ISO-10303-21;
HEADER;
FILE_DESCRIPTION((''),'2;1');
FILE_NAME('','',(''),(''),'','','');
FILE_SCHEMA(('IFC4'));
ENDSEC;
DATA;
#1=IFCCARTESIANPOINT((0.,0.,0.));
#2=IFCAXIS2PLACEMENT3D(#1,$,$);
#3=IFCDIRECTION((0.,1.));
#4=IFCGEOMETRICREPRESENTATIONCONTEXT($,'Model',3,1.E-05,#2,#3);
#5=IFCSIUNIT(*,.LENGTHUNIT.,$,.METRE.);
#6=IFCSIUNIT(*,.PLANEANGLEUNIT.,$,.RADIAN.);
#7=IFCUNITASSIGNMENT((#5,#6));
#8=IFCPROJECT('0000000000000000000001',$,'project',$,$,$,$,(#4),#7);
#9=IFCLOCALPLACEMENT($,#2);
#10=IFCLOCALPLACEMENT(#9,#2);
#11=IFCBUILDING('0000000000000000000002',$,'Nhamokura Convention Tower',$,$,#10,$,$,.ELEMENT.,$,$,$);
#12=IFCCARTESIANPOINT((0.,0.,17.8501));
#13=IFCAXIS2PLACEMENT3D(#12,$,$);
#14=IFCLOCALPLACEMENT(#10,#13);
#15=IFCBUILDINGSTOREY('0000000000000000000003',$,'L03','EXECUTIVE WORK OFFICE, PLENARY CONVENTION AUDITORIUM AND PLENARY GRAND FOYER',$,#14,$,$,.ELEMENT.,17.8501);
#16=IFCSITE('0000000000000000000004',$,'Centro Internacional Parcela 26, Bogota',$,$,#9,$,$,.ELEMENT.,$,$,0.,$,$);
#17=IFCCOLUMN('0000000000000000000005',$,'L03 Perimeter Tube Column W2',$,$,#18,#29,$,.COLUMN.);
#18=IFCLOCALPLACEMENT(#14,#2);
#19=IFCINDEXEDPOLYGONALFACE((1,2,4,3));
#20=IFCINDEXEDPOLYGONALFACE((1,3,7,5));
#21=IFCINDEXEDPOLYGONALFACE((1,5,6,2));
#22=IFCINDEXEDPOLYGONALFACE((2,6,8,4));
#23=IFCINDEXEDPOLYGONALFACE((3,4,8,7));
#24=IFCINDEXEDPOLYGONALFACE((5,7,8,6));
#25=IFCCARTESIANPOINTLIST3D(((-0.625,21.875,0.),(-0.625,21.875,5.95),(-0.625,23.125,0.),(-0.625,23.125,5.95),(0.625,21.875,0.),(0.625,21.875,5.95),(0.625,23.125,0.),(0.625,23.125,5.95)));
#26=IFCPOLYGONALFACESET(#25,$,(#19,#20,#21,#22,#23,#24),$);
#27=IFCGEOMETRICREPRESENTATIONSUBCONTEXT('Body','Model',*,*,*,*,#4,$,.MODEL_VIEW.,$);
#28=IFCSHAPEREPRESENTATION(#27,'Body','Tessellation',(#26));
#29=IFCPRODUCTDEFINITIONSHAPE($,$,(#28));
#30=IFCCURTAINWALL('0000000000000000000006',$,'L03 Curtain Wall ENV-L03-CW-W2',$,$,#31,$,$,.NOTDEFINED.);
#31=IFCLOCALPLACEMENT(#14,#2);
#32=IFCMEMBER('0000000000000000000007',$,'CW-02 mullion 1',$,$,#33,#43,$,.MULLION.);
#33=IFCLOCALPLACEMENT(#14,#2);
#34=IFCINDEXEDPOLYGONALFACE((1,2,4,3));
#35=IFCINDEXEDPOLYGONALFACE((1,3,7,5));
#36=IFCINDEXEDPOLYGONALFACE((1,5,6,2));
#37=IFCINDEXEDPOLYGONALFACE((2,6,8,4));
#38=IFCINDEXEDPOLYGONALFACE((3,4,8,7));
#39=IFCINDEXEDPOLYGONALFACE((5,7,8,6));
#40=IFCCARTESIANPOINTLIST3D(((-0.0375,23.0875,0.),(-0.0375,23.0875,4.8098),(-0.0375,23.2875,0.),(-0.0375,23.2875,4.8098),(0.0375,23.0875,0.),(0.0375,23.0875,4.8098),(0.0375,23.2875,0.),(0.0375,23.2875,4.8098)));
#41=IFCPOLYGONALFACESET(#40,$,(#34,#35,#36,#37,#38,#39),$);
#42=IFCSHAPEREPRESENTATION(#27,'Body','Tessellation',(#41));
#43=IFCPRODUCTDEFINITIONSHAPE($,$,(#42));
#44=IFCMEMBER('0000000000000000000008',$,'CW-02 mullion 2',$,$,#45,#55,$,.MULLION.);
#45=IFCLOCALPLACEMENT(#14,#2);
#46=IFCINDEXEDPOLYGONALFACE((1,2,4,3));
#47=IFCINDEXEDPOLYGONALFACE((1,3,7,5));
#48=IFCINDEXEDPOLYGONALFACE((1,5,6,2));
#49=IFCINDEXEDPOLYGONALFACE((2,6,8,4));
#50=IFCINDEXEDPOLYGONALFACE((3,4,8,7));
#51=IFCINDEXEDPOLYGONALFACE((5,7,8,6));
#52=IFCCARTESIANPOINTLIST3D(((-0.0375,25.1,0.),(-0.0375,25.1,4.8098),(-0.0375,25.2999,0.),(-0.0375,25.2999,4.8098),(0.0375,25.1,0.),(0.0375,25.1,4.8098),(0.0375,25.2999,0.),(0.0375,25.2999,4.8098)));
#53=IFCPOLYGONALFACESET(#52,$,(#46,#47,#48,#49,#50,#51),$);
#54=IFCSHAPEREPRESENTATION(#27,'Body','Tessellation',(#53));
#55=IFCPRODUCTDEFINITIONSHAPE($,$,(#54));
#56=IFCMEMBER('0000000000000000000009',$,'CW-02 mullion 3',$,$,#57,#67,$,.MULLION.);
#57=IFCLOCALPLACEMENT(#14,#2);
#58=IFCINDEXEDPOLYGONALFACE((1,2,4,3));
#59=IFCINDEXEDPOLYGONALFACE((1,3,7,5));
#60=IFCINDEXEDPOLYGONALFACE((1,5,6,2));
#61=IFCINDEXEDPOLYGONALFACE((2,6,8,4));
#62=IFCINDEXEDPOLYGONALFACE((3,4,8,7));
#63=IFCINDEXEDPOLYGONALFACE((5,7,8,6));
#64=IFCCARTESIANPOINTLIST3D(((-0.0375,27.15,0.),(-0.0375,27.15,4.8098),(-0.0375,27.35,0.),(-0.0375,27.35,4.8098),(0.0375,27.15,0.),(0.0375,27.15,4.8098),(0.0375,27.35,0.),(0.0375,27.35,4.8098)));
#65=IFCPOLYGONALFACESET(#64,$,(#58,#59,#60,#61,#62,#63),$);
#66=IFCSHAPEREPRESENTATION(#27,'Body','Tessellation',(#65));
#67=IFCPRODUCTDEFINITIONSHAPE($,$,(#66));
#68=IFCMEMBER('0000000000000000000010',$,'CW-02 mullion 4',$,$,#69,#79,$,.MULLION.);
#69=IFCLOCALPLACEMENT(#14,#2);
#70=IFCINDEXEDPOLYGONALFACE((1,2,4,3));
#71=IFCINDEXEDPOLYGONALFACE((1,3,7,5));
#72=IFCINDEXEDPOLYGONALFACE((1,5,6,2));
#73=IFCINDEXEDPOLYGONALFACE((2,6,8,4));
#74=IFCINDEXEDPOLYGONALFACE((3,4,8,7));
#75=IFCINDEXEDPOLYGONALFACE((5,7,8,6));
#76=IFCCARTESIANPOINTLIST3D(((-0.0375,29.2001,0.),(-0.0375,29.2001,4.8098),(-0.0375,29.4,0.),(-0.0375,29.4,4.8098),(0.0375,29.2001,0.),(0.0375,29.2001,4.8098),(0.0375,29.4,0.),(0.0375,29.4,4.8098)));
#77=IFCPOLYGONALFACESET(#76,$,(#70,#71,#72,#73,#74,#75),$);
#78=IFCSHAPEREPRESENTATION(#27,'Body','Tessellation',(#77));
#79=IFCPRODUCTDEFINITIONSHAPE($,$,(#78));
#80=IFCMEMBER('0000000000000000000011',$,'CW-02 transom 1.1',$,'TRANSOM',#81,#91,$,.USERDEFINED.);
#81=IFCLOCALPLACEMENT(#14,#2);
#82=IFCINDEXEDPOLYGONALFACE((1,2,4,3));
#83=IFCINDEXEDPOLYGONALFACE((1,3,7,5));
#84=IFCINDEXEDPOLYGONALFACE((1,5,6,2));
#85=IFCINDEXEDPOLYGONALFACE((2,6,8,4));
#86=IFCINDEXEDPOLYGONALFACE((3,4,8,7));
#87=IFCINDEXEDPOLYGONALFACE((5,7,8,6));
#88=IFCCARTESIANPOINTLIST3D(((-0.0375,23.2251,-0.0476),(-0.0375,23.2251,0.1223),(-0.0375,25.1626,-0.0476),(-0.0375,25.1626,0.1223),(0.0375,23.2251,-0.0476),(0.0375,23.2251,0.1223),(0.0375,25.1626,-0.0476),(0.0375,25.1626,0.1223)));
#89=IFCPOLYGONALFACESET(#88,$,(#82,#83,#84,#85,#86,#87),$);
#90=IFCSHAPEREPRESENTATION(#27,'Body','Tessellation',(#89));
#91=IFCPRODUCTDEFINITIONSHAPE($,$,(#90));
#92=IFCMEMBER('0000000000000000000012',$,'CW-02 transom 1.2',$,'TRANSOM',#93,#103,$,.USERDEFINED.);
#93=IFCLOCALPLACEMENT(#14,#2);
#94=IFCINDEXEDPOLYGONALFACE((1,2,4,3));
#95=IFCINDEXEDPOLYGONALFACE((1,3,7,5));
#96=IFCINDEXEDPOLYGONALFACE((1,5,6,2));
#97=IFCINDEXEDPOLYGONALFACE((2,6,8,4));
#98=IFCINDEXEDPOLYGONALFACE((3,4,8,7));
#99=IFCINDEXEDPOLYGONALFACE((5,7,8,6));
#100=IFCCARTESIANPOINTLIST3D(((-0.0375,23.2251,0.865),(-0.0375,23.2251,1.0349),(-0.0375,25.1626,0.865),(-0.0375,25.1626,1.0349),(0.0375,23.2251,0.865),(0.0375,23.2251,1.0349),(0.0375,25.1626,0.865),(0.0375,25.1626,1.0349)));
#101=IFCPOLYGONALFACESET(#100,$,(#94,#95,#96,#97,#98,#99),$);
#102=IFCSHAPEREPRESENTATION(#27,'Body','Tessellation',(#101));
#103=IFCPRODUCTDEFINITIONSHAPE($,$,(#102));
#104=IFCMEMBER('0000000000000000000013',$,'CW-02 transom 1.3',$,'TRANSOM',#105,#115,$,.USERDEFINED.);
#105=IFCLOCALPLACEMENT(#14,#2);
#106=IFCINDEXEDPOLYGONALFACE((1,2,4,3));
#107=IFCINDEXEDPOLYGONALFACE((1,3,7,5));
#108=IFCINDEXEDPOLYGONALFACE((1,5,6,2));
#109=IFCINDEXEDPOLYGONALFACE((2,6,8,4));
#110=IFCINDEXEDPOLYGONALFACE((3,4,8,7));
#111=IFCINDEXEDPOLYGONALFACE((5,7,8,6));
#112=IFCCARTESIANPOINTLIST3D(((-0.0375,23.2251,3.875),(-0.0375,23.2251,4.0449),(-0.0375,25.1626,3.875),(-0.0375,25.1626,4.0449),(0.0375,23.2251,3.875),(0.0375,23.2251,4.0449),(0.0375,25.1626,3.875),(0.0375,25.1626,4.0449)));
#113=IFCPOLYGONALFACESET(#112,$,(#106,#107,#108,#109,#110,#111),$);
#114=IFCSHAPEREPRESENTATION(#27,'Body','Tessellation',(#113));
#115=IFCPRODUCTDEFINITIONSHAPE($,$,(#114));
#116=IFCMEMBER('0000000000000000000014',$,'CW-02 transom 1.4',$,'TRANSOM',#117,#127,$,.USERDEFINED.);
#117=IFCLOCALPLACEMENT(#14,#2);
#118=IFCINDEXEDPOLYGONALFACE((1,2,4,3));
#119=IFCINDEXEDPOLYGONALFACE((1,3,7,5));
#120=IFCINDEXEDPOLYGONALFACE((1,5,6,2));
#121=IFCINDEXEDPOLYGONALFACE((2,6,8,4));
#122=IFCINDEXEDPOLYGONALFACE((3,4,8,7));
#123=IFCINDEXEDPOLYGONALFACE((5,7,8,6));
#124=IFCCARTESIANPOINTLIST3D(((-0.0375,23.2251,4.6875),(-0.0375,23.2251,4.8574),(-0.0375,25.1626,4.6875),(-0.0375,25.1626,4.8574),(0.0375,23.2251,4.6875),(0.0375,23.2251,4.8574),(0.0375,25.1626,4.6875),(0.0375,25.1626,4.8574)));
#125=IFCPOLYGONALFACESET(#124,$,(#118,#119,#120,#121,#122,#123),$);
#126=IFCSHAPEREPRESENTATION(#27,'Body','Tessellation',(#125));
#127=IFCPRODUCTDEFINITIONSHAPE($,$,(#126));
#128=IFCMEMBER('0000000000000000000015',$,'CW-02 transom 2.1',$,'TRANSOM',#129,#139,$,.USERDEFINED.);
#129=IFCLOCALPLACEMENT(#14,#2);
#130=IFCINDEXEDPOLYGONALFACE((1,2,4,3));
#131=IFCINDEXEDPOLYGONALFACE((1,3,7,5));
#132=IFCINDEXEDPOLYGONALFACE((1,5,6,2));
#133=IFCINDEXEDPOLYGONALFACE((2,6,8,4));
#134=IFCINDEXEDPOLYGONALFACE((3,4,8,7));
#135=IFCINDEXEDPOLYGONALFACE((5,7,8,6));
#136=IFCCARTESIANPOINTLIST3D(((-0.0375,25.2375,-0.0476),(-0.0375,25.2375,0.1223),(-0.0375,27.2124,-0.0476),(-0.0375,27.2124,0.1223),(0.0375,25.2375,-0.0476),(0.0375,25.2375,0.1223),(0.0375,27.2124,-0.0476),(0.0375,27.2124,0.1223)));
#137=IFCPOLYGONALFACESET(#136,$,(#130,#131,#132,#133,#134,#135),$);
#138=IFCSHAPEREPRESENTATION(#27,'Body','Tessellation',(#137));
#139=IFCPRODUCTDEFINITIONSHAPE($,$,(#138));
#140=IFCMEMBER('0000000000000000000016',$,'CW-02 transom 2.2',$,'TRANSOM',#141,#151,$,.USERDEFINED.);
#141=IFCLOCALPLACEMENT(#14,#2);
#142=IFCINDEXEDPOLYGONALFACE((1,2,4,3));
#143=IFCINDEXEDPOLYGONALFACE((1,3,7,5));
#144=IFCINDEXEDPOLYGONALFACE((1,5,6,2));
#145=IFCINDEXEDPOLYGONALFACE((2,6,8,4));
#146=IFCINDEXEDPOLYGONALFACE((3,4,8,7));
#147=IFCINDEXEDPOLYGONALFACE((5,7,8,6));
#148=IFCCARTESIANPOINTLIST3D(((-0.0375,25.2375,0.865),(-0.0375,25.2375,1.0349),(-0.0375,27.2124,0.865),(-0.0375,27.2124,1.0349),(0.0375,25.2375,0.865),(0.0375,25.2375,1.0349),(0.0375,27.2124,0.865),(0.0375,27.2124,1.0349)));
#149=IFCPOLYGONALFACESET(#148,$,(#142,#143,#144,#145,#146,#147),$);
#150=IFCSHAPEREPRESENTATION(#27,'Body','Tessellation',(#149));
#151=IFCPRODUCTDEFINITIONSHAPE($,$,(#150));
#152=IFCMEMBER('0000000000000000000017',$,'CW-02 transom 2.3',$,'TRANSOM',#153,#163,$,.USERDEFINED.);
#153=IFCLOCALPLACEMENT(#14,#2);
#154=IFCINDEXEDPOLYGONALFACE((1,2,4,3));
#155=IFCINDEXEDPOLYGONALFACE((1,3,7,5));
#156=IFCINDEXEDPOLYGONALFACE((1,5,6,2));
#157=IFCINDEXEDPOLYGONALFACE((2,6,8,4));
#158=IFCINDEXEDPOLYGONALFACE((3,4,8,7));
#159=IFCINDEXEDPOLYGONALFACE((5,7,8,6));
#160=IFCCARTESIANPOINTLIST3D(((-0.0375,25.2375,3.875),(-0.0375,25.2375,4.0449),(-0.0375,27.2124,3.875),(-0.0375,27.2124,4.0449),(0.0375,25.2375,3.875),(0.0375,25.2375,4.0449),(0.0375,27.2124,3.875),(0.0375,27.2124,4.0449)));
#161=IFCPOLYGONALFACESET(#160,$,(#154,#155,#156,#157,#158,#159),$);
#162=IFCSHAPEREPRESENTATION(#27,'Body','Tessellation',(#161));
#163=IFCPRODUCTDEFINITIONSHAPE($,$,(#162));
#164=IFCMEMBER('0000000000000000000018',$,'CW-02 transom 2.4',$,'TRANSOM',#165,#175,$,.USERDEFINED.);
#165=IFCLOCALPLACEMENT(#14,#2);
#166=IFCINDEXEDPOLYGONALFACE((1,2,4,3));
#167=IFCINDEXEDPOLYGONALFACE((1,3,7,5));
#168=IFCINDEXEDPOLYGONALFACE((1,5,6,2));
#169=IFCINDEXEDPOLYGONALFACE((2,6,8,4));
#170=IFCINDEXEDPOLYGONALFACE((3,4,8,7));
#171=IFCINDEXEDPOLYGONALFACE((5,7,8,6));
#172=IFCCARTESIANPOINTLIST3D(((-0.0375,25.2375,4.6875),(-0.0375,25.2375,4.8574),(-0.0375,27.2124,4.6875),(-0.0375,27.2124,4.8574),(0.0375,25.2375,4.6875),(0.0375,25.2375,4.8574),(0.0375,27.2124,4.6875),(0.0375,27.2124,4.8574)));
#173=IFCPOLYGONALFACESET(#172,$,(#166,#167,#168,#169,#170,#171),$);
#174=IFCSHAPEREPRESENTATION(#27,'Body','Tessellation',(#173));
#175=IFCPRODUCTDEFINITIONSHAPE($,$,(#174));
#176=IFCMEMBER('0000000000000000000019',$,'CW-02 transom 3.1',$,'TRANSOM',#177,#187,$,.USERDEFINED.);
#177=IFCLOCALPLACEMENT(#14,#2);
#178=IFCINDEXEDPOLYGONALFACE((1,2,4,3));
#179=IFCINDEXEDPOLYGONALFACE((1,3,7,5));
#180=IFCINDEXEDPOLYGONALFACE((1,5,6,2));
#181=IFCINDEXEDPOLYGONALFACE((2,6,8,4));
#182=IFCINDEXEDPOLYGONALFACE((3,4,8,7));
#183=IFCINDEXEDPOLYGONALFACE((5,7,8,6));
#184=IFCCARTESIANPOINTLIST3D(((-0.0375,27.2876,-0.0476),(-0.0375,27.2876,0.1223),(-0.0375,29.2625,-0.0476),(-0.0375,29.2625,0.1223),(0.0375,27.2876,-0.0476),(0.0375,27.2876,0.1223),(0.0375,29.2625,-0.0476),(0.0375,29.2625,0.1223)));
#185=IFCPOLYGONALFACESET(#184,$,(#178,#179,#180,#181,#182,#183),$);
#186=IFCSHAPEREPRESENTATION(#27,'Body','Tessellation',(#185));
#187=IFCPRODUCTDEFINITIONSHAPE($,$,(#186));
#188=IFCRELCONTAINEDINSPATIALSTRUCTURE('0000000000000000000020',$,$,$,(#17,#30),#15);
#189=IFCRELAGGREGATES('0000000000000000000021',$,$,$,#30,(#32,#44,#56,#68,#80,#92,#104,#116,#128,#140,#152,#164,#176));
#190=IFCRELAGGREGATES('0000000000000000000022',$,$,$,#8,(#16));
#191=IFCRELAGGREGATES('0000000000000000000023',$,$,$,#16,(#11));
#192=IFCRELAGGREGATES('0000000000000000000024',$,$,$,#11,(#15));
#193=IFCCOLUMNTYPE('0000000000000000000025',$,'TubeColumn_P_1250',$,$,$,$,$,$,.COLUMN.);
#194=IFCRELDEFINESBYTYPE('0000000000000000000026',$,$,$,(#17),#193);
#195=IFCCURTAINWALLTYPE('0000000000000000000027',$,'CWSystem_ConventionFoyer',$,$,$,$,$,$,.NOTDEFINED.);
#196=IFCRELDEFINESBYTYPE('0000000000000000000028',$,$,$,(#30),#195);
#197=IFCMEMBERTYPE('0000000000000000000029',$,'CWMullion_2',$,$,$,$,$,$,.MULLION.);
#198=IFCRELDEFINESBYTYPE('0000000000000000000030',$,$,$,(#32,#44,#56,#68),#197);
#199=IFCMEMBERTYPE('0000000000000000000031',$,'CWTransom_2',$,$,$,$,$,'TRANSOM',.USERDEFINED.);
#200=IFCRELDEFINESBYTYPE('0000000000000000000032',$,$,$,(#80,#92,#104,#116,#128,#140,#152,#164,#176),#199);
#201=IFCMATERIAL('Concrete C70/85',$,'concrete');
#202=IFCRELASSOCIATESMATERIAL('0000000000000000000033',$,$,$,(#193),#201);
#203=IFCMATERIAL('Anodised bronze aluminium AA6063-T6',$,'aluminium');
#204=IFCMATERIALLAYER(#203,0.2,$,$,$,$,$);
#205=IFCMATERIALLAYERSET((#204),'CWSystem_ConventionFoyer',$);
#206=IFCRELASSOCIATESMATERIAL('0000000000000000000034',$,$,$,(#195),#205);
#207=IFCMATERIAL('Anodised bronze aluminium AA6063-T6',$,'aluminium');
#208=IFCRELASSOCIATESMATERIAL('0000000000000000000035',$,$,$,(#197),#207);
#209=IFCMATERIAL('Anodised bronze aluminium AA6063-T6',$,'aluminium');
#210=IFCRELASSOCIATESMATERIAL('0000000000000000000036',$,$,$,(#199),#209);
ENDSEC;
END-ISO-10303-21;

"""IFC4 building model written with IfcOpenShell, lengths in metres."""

from ifc_helpers import new_model, si_unit, direction, frame, origin, origin_2d, place, context, subcontext, project, spatial, rectangle, extrude, material, layer, layer_set, material_profile, profile_set, type_object, element, aggregate, save


model = new_model("IFC4")

# Units and contexts
model_context = context("Model", 3, precision=1e-05, world=origin(), true_north=direction((0.0, 1.0)))
body_context = subcontext(model_context, "Body", "Model", "MODEL_VIEW")
ifc_project = project(units=[si_unit("LENGTHUNIT", "METRE"), si_unit("PLANEANGLEUNIT", "RADIAN")], contexts=[model_context])

# Site, building, storey
site_placement = place(None, origin())
site = spatial("IfcSite", under=ifc_project, at=site_placement, Name="Centro Internacional Parcela 26, Bogota", CompositionType="ELEMENT", RefElevation=0.0)
building_placement = place(site_placement, origin())
building = spatial("IfcBuilding", under=site, at=building_placement, Name="Nhamokura Convention Tower", CompositionType="ELEMENT")
storey_placement = place(building_placement, frame((0.0, 0.0, 17.8501)))
storey = spatial("IfcBuildingStorey", under=building, at=storey_placement, Name="L03", Description="EXECUTIVE WORK OFFICE, PLENARY CONVENTION AUDITORIUM AND PLENARY GRAND FOYER", CompositionType="ELEMENT", Elevation=17.8501)

# Column
ifc_material_1 = material(Name="Concrete C70/85", Category="concrete")
ifc_material_profile_1 = material_profile(ifc_material_1, rectangle(XDim=1.25, YDim=1.25, at=origin_2d()))
ifc_profile_set_1 = profile_set([ifc_material_profile_1], Name="Concrete C70/85")
column_type = type_object("IfcColumnType", Name="TubeColumn_P_1250", PredefinedType="COLUMN", material=ifc_profile_set_1)
column_placement = place(storey_placement, frame((0.0, 22.5, 0.0), z_axis=(0.0, 0.0, 1.0), x_axis=(1.0, 0.0, 0.0)))
element("IfcColumn", 1, at=column_placement, inside=storey, type_object=column_type, Name="L03 Perimeter Tube Column W2", PredefinedType="COLUMN", context=body_context, shape_type="SweptSolid", body=[
    extrude(rectangle(XDim=1.25, YDim=1.25, at=origin_2d()), origin(), (0.0, 0.0, 1.0), 5.95),
])

# Curtain wall, members
ifc_material_2 = material(Name="Anodised bronze aluminium AA6063-T6", Category="aluminium")
ifc_layer_1 = layer(ifc_material_2, 0.2)
ifc_layer_set_1 = layer_set([ifc_layer_1], Name="CWSystem_ConventionFoyer")
curtain_wall_type = type_object("IfcCurtainWallType", Name="CWSystem_ConventionFoyer", PredefinedType="NOTDEFINED", material=ifc_layer_set_1)
curtain_wall_placement = place(storey_placement, origin())
curtain_wall = element("IfcCurtainWall", 2, at=curtain_wall_placement, inside=storey, type_object=curtain_wall_type, Name="L03 Curtain Wall ENV-L03-CW-W2", PredefinedType="NOTDEFINED")
ifc_material_3 = material(Name="Anodised bronze aluminium AA6063-T6", Category="aluminium")
ifc_material_profile_2 = material_profile(ifc_material_3, rectangle(XDim=0.075, YDim=0.2, at=origin_2d()))
ifc_profile_set_2 = profile_set([ifc_material_profile_2], Name="Anodised bronze aluminium AA6063-T6")
member_type_1 = type_object("IfcMemberType", Name="CWMullion_2", PredefinedType="MULLION", material=ifc_profile_set_2)
member_1_placement = place(storey_placement, frame((0.0, 23.1875, 0.0), z_axis=(0.0, 0.0, 1.0), x_axis=(-1.0, 0.0, 0.0)))
member_1 = element("IfcMember", 3, at=member_1_placement, type_object=member_type_1, Name="CW-02 mullion 1", PredefinedType="MULLION", context=body_context, shape_type="SweptSolid", body=[
    extrude(rectangle(XDim=0.075, YDim=0.2, at=origin_2d()), origin(), (0.0, 0.0, 1.0), 4.8098),
])
member_2_placement = place(storey_placement, frame((0.0, 25.2, 0.0), z_axis=(0.0, 0.0, 1.0), x_axis=(-1.0, 0.0, 0.0)))
member_2 = element("IfcMember", 4, at=member_2_placement, type_object=member_type_1, Name="CW-02 mullion 2", PredefinedType="MULLION", context=body_context, shape_type="SweptSolid", body=[
    extrude(rectangle(XDim=0.075, YDim=0.2, at=origin_2d()), origin(), (0.0, 0.0, 1.0), 4.8098),
])
member_3_placement = place(storey_placement, frame((0.0, 27.25, 0.0), z_axis=(0.0, 0.0, 1.0), x_axis=(-1.0, 0.0, 0.0)))
member_3 = element("IfcMember", 5, at=member_3_placement, type_object=member_type_1, Name="CW-02 mullion 3", PredefinedType="MULLION", context=body_context, shape_type="SweptSolid", body=[
    extrude(rectangle(XDim=0.075, YDim=0.2, at=origin_2d()), origin(), (0.0, 0.0, 1.0), 4.8098),
])
member_4_placement = place(storey_placement, frame((0.0, 29.3, 0.0), z_axis=(0.0, 0.0, 1.0), x_axis=(-1.0, 0.0, 0.0)))
member_4 = element("IfcMember", 6, at=member_4_placement, type_object=member_type_1, Name="CW-02 mullion 4", PredefinedType="MULLION", context=body_context, shape_type="SweptSolid", body=[
    extrude(rectangle(XDim=0.075, YDim=0.2, at=origin_2d()), origin(), (0.0, 0.0, 1.0), 4.8098),
])
ifc_material_4 = material(Name="Anodised bronze aluminium AA6063-T6", Category="aluminium")
ifc_material_profile_3 = material_profile(ifc_material_4, rectangle(XDim=0.075, YDim=0.1699, at=origin_2d()))
ifc_profile_set_3 = profile_set([ifc_material_profile_3], Name="Anodised bronze aluminium AA6063-T6")
member_type_2 = type_object("IfcMemberType", Name="CWTransom_2", ElementType="TRANSOM", PredefinedType="USERDEFINED", material=ifc_profile_set_3)
member_5_placement = place(storey_placement, frame((0.0, 23.2251, 0.0374), z_axis=(0.0, 1.0, 0.0), x_axis=(-1.0, 0.0, 0.0)))
member_5 = element("IfcMember", 7, at=member_5_placement, type_object=member_type_2, Name="CW-02 transom 1.1", ObjectType="TRANSOM", PredefinedType="USERDEFINED", context=body_context, shape_type="SweptSolid", body=[
    extrude(rectangle(XDim=0.075, YDim=0.1699, at=origin_2d()), origin(), (0.0, 0.0, 1.0), 1.9375),
])
member_6_placement = place(storey_placement, frame((0.0, 23.2251, 0.95), z_axis=(0.0, 1.0, 0.0), x_axis=(-1.0, 0.0, 0.0)))
member_6 = element("IfcMember", 8, at=member_6_placement, type_object=member_type_2, Name="CW-02 transom 1.2", ObjectType="TRANSOM", PredefinedType="USERDEFINED", context=body_context, shape_type="SweptSolid", body=[
    extrude(rectangle(XDim=0.075, YDim=0.1699, at=origin_2d()), origin(), (0.0, 0.0, 1.0), 1.9375),
])
member_7_placement = place(storey_placement, frame((0.0, 23.2251, 3.96), z_axis=(0.0, 1.0, 0.0), x_axis=(-1.0, 0.0, 0.0)))
member_7 = element("IfcMember", 9, at=member_7_placement, type_object=member_type_2, Name="CW-02 transom 1.3", ObjectType="TRANSOM", PredefinedType="USERDEFINED", context=body_context, shape_type="SweptSolid", body=[
    extrude(rectangle(XDim=0.075, YDim=0.1699, at=origin_2d()), origin(), (0.0, 0.0, 1.0), 1.9375),
])
member_8_placement = place(storey_placement, frame((0.0, 23.2251, 4.7725), z_axis=(0.0, 1.0, 0.0), x_axis=(-1.0, 0.0, 0.0)))
member_8 = element("IfcMember", 10, at=member_8_placement, type_object=member_type_2, Name="CW-02 transom 1.4", ObjectType="TRANSOM", PredefinedType="USERDEFINED", context=body_context, shape_type="SweptSolid", body=[
    extrude(rectangle(XDim=0.075, YDim=0.1699, at=origin_2d()), origin(), (0.0, 0.0, 1.0), 1.9375),
])
member_9_placement = place(storey_placement, frame((0.0, 25.2375, 0.0374), z_axis=(0.0, 1.0, 0.0), x_axis=(-1.0, 0.0, 0.0)))
member_9 = element("IfcMember", 11, at=member_9_placement, type_object=member_type_2, Name="CW-02 transom 2.1", ObjectType="TRANSOM", PredefinedType="USERDEFINED", context=body_context, shape_type="SweptSolid", body=[
    extrude(rectangle(XDim=0.075, YDim=0.1699, at=origin_2d()), origin(), (0.0, 0.0, 1.0), 1.9749),
])
member_10_placement = place(storey_placement, frame((0.0, 25.2375, 0.95), z_axis=(0.0, 1.0, 0.0), x_axis=(-1.0, 0.0, 0.0)))
member_10 = element("IfcMember", 12, at=member_10_placement, type_object=member_type_2, Name="CW-02 transom 2.2", ObjectType="TRANSOM", PredefinedType="USERDEFINED", context=body_context, shape_type="SweptSolid", body=[
    extrude(rectangle(XDim=0.075, YDim=0.1699, at=origin_2d()), origin(), (0.0, 0.0, 1.0), 1.9749),
])
member_11_placement = place(storey_placement, frame((0.0, 25.2375, 3.96), z_axis=(0.0, 1.0, 0.0), x_axis=(-1.0, 0.0, 0.0)))
member_11 = element("IfcMember", 13, at=member_11_placement, type_object=member_type_2, Name="CW-02 transom 2.3", ObjectType="TRANSOM", PredefinedType="USERDEFINED", context=body_context, shape_type="SweptSolid", body=[
    extrude(rectangle(XDim=0.075, YDim=0.1699, at=origin_2d()), origin(), (0.0, 0.0, 1.0), 1.9749),
])
member_12_placement = place(storey_placement, frame((0.0, 25.2375, 4.7725), z_axis=(0.0, 1.0, 0.0), x_axis=(-1.0, 0.0, 0.0)))
member_12 = element("IfcMember", 14, at=member_12_placement, type_object=member_type_2, Name="CW-02 transom 2.4", ObjectType="TRANSOM", PredefinedType="USERDEFINED", context=body_context, shape_type="SweptSolid", body=[
    extrude(rectangle(XDim=0.075, YDim=0.1699, at=origin_2d()), origin(), (0.0, 0.0, 1.0), 1.9749),
])
member_13_placement = place(storey_placement, frame((0.0, 27.2876, 0.0374), z_axis=(0.0, 1.0, 0.0), x_axis=(-1.0, 0.0, 0.0)))
member_13 = element("IfcMember", 15, at=member_13_placement, type_object=member_type_2, Name="CW-02 transom 3.1", ObjectType="TRANSOM", PredefinedType="USERDEFINED", context=body_context, shape_type="SweptSolid", body=[
    extrude(rectangle(XDim=0.075, YDim=0.1699, at=origin_2d()), origin(), (0.0, 0.0, 1.0), 1.9749),
])

aggregate(curtain_wall, [member_1, member_2, member_3, member_4, member_5, member_6, member_7, member_8, member_9, member_10, member_11, member_12, member_13])

save(model, "model.ifc")
